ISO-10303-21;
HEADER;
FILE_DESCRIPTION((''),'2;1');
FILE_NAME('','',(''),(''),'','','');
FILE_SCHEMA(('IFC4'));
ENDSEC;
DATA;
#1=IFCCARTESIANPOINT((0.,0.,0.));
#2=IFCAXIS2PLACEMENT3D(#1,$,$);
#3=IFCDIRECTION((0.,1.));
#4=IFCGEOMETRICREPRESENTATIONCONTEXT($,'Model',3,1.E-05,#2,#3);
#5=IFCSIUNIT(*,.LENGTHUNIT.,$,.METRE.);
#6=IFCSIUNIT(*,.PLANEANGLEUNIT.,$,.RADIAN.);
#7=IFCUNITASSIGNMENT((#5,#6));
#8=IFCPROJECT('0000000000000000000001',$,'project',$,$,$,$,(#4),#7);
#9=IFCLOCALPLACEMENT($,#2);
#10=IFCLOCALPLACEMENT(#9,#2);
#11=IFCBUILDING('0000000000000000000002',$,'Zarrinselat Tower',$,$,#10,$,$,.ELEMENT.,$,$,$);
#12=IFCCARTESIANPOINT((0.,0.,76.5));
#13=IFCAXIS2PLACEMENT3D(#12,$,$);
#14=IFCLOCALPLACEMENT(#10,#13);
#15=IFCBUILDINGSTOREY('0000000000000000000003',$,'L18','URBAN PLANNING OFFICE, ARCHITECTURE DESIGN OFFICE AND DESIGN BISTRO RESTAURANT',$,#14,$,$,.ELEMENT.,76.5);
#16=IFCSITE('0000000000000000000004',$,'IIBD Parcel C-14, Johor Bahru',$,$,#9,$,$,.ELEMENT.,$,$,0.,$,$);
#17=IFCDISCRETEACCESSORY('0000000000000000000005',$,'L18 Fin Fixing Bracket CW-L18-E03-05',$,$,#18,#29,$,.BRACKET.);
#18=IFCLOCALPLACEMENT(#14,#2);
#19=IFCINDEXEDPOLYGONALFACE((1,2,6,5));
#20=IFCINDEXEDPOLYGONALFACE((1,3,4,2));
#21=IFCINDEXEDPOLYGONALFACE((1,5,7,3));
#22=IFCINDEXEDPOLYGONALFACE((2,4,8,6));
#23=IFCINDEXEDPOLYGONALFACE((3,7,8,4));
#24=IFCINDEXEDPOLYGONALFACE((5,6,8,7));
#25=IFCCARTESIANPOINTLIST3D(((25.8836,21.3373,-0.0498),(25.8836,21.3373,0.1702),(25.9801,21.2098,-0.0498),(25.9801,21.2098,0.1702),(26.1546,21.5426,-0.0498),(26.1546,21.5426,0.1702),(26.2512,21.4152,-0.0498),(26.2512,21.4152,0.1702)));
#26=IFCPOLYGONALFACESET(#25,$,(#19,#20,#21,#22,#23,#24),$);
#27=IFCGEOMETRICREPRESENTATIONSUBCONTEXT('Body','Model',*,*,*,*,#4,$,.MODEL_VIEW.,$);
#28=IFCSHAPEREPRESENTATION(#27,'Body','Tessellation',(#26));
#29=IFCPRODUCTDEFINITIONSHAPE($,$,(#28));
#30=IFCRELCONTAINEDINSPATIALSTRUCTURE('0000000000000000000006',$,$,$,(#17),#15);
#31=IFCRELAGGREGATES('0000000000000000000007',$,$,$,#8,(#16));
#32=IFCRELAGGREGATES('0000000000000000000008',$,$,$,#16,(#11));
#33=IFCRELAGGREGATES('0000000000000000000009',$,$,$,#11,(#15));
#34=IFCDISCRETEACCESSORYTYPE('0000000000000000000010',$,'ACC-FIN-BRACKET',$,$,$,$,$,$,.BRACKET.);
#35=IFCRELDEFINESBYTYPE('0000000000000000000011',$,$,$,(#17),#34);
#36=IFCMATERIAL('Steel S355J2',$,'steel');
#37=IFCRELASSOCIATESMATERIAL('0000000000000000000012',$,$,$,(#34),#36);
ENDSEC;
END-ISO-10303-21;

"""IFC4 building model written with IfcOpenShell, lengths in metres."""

from ifc_helpers import new_model, si_unit, direction, frame, origin, origin_2d, place, context, subcontext, project, spatial, rectangle, extrude, material, type_object, element, save


model = new_model("IFC4")

# Units and contexts
model_context = context("Model", 3, precision=1e-05, world=origin(), true_north=direction((0.0, 1.0)))
body_context = subcontext(model_context, "Body", "Model", "MODEL_VIEW")
ifc_project = project(units=[si_unit("LENGTHUNIT", "METRE"), si_unit("PLANEANGLEUNIT", "RADIAN")], contexts=[model_context])

# Site, building, storey
site_placement = place(None, origin())
site = spatial("IfcSite", under=ifc_project, at=site_placement, Name="IIBD Parcel C-14, Johor Bahru", CompositionType="ELEMENT", RefElevation=0.0)
building_placement = place(site_placement, origin())
building = spatial("IfcBuilding", under=site, at=building_placement, Name="Zarrinselat Tower", CompositionType="ELEMENT")
storey_placement = place(building_placement, frame((0.0, 0.0, 76.5)))
storey = spatial("IfcBuildingStorey", under=building, at=storey_placement, Name="L18", Description="URBAN PLANNING OFFICE, ARCHITECTURE DESIGN OFFICE AND DESIGN BISTRO RESTAURANT", CompositionType="ELEMENT", Elevation=76.5)

# Discrete accessory
ifc_material_1 = material(Name="Steel S355J2", Category="steel")
discrete_accessory_type = type_object("IfcDiscreteAccessoryType", Name="ACC-FIN-BRACKET", PredefinedType="BRACKET", material=ifc_material_1)
for number, where, z_axis, x_axis, name in (
    (1, (26.0674, 21.3762, -0.0498), (0.0, 0.0, 1.0), (-0.797094, -0.603855, 0.0), "L18 Fin Fixing Bracket CW-L18-E03-05"),
):
    element("IfcDiscreteAccessory", number, at=place(storey_placement, frame(where, z_axis=z_axis, x_axis=x_axis)), inside=storey, type_object=discrete_accessory_type, Name=name, PredefinedType="BRACKET", context=body_context, shape_type="SweptSolid", body=[
        extrude(rectangle(XDim=0.3401, YDim=0.1599, at=origin_2d()), origin(), (0.0, 0.0, 1.0), 0.22),
    ])

save(model, "model.ifc")
